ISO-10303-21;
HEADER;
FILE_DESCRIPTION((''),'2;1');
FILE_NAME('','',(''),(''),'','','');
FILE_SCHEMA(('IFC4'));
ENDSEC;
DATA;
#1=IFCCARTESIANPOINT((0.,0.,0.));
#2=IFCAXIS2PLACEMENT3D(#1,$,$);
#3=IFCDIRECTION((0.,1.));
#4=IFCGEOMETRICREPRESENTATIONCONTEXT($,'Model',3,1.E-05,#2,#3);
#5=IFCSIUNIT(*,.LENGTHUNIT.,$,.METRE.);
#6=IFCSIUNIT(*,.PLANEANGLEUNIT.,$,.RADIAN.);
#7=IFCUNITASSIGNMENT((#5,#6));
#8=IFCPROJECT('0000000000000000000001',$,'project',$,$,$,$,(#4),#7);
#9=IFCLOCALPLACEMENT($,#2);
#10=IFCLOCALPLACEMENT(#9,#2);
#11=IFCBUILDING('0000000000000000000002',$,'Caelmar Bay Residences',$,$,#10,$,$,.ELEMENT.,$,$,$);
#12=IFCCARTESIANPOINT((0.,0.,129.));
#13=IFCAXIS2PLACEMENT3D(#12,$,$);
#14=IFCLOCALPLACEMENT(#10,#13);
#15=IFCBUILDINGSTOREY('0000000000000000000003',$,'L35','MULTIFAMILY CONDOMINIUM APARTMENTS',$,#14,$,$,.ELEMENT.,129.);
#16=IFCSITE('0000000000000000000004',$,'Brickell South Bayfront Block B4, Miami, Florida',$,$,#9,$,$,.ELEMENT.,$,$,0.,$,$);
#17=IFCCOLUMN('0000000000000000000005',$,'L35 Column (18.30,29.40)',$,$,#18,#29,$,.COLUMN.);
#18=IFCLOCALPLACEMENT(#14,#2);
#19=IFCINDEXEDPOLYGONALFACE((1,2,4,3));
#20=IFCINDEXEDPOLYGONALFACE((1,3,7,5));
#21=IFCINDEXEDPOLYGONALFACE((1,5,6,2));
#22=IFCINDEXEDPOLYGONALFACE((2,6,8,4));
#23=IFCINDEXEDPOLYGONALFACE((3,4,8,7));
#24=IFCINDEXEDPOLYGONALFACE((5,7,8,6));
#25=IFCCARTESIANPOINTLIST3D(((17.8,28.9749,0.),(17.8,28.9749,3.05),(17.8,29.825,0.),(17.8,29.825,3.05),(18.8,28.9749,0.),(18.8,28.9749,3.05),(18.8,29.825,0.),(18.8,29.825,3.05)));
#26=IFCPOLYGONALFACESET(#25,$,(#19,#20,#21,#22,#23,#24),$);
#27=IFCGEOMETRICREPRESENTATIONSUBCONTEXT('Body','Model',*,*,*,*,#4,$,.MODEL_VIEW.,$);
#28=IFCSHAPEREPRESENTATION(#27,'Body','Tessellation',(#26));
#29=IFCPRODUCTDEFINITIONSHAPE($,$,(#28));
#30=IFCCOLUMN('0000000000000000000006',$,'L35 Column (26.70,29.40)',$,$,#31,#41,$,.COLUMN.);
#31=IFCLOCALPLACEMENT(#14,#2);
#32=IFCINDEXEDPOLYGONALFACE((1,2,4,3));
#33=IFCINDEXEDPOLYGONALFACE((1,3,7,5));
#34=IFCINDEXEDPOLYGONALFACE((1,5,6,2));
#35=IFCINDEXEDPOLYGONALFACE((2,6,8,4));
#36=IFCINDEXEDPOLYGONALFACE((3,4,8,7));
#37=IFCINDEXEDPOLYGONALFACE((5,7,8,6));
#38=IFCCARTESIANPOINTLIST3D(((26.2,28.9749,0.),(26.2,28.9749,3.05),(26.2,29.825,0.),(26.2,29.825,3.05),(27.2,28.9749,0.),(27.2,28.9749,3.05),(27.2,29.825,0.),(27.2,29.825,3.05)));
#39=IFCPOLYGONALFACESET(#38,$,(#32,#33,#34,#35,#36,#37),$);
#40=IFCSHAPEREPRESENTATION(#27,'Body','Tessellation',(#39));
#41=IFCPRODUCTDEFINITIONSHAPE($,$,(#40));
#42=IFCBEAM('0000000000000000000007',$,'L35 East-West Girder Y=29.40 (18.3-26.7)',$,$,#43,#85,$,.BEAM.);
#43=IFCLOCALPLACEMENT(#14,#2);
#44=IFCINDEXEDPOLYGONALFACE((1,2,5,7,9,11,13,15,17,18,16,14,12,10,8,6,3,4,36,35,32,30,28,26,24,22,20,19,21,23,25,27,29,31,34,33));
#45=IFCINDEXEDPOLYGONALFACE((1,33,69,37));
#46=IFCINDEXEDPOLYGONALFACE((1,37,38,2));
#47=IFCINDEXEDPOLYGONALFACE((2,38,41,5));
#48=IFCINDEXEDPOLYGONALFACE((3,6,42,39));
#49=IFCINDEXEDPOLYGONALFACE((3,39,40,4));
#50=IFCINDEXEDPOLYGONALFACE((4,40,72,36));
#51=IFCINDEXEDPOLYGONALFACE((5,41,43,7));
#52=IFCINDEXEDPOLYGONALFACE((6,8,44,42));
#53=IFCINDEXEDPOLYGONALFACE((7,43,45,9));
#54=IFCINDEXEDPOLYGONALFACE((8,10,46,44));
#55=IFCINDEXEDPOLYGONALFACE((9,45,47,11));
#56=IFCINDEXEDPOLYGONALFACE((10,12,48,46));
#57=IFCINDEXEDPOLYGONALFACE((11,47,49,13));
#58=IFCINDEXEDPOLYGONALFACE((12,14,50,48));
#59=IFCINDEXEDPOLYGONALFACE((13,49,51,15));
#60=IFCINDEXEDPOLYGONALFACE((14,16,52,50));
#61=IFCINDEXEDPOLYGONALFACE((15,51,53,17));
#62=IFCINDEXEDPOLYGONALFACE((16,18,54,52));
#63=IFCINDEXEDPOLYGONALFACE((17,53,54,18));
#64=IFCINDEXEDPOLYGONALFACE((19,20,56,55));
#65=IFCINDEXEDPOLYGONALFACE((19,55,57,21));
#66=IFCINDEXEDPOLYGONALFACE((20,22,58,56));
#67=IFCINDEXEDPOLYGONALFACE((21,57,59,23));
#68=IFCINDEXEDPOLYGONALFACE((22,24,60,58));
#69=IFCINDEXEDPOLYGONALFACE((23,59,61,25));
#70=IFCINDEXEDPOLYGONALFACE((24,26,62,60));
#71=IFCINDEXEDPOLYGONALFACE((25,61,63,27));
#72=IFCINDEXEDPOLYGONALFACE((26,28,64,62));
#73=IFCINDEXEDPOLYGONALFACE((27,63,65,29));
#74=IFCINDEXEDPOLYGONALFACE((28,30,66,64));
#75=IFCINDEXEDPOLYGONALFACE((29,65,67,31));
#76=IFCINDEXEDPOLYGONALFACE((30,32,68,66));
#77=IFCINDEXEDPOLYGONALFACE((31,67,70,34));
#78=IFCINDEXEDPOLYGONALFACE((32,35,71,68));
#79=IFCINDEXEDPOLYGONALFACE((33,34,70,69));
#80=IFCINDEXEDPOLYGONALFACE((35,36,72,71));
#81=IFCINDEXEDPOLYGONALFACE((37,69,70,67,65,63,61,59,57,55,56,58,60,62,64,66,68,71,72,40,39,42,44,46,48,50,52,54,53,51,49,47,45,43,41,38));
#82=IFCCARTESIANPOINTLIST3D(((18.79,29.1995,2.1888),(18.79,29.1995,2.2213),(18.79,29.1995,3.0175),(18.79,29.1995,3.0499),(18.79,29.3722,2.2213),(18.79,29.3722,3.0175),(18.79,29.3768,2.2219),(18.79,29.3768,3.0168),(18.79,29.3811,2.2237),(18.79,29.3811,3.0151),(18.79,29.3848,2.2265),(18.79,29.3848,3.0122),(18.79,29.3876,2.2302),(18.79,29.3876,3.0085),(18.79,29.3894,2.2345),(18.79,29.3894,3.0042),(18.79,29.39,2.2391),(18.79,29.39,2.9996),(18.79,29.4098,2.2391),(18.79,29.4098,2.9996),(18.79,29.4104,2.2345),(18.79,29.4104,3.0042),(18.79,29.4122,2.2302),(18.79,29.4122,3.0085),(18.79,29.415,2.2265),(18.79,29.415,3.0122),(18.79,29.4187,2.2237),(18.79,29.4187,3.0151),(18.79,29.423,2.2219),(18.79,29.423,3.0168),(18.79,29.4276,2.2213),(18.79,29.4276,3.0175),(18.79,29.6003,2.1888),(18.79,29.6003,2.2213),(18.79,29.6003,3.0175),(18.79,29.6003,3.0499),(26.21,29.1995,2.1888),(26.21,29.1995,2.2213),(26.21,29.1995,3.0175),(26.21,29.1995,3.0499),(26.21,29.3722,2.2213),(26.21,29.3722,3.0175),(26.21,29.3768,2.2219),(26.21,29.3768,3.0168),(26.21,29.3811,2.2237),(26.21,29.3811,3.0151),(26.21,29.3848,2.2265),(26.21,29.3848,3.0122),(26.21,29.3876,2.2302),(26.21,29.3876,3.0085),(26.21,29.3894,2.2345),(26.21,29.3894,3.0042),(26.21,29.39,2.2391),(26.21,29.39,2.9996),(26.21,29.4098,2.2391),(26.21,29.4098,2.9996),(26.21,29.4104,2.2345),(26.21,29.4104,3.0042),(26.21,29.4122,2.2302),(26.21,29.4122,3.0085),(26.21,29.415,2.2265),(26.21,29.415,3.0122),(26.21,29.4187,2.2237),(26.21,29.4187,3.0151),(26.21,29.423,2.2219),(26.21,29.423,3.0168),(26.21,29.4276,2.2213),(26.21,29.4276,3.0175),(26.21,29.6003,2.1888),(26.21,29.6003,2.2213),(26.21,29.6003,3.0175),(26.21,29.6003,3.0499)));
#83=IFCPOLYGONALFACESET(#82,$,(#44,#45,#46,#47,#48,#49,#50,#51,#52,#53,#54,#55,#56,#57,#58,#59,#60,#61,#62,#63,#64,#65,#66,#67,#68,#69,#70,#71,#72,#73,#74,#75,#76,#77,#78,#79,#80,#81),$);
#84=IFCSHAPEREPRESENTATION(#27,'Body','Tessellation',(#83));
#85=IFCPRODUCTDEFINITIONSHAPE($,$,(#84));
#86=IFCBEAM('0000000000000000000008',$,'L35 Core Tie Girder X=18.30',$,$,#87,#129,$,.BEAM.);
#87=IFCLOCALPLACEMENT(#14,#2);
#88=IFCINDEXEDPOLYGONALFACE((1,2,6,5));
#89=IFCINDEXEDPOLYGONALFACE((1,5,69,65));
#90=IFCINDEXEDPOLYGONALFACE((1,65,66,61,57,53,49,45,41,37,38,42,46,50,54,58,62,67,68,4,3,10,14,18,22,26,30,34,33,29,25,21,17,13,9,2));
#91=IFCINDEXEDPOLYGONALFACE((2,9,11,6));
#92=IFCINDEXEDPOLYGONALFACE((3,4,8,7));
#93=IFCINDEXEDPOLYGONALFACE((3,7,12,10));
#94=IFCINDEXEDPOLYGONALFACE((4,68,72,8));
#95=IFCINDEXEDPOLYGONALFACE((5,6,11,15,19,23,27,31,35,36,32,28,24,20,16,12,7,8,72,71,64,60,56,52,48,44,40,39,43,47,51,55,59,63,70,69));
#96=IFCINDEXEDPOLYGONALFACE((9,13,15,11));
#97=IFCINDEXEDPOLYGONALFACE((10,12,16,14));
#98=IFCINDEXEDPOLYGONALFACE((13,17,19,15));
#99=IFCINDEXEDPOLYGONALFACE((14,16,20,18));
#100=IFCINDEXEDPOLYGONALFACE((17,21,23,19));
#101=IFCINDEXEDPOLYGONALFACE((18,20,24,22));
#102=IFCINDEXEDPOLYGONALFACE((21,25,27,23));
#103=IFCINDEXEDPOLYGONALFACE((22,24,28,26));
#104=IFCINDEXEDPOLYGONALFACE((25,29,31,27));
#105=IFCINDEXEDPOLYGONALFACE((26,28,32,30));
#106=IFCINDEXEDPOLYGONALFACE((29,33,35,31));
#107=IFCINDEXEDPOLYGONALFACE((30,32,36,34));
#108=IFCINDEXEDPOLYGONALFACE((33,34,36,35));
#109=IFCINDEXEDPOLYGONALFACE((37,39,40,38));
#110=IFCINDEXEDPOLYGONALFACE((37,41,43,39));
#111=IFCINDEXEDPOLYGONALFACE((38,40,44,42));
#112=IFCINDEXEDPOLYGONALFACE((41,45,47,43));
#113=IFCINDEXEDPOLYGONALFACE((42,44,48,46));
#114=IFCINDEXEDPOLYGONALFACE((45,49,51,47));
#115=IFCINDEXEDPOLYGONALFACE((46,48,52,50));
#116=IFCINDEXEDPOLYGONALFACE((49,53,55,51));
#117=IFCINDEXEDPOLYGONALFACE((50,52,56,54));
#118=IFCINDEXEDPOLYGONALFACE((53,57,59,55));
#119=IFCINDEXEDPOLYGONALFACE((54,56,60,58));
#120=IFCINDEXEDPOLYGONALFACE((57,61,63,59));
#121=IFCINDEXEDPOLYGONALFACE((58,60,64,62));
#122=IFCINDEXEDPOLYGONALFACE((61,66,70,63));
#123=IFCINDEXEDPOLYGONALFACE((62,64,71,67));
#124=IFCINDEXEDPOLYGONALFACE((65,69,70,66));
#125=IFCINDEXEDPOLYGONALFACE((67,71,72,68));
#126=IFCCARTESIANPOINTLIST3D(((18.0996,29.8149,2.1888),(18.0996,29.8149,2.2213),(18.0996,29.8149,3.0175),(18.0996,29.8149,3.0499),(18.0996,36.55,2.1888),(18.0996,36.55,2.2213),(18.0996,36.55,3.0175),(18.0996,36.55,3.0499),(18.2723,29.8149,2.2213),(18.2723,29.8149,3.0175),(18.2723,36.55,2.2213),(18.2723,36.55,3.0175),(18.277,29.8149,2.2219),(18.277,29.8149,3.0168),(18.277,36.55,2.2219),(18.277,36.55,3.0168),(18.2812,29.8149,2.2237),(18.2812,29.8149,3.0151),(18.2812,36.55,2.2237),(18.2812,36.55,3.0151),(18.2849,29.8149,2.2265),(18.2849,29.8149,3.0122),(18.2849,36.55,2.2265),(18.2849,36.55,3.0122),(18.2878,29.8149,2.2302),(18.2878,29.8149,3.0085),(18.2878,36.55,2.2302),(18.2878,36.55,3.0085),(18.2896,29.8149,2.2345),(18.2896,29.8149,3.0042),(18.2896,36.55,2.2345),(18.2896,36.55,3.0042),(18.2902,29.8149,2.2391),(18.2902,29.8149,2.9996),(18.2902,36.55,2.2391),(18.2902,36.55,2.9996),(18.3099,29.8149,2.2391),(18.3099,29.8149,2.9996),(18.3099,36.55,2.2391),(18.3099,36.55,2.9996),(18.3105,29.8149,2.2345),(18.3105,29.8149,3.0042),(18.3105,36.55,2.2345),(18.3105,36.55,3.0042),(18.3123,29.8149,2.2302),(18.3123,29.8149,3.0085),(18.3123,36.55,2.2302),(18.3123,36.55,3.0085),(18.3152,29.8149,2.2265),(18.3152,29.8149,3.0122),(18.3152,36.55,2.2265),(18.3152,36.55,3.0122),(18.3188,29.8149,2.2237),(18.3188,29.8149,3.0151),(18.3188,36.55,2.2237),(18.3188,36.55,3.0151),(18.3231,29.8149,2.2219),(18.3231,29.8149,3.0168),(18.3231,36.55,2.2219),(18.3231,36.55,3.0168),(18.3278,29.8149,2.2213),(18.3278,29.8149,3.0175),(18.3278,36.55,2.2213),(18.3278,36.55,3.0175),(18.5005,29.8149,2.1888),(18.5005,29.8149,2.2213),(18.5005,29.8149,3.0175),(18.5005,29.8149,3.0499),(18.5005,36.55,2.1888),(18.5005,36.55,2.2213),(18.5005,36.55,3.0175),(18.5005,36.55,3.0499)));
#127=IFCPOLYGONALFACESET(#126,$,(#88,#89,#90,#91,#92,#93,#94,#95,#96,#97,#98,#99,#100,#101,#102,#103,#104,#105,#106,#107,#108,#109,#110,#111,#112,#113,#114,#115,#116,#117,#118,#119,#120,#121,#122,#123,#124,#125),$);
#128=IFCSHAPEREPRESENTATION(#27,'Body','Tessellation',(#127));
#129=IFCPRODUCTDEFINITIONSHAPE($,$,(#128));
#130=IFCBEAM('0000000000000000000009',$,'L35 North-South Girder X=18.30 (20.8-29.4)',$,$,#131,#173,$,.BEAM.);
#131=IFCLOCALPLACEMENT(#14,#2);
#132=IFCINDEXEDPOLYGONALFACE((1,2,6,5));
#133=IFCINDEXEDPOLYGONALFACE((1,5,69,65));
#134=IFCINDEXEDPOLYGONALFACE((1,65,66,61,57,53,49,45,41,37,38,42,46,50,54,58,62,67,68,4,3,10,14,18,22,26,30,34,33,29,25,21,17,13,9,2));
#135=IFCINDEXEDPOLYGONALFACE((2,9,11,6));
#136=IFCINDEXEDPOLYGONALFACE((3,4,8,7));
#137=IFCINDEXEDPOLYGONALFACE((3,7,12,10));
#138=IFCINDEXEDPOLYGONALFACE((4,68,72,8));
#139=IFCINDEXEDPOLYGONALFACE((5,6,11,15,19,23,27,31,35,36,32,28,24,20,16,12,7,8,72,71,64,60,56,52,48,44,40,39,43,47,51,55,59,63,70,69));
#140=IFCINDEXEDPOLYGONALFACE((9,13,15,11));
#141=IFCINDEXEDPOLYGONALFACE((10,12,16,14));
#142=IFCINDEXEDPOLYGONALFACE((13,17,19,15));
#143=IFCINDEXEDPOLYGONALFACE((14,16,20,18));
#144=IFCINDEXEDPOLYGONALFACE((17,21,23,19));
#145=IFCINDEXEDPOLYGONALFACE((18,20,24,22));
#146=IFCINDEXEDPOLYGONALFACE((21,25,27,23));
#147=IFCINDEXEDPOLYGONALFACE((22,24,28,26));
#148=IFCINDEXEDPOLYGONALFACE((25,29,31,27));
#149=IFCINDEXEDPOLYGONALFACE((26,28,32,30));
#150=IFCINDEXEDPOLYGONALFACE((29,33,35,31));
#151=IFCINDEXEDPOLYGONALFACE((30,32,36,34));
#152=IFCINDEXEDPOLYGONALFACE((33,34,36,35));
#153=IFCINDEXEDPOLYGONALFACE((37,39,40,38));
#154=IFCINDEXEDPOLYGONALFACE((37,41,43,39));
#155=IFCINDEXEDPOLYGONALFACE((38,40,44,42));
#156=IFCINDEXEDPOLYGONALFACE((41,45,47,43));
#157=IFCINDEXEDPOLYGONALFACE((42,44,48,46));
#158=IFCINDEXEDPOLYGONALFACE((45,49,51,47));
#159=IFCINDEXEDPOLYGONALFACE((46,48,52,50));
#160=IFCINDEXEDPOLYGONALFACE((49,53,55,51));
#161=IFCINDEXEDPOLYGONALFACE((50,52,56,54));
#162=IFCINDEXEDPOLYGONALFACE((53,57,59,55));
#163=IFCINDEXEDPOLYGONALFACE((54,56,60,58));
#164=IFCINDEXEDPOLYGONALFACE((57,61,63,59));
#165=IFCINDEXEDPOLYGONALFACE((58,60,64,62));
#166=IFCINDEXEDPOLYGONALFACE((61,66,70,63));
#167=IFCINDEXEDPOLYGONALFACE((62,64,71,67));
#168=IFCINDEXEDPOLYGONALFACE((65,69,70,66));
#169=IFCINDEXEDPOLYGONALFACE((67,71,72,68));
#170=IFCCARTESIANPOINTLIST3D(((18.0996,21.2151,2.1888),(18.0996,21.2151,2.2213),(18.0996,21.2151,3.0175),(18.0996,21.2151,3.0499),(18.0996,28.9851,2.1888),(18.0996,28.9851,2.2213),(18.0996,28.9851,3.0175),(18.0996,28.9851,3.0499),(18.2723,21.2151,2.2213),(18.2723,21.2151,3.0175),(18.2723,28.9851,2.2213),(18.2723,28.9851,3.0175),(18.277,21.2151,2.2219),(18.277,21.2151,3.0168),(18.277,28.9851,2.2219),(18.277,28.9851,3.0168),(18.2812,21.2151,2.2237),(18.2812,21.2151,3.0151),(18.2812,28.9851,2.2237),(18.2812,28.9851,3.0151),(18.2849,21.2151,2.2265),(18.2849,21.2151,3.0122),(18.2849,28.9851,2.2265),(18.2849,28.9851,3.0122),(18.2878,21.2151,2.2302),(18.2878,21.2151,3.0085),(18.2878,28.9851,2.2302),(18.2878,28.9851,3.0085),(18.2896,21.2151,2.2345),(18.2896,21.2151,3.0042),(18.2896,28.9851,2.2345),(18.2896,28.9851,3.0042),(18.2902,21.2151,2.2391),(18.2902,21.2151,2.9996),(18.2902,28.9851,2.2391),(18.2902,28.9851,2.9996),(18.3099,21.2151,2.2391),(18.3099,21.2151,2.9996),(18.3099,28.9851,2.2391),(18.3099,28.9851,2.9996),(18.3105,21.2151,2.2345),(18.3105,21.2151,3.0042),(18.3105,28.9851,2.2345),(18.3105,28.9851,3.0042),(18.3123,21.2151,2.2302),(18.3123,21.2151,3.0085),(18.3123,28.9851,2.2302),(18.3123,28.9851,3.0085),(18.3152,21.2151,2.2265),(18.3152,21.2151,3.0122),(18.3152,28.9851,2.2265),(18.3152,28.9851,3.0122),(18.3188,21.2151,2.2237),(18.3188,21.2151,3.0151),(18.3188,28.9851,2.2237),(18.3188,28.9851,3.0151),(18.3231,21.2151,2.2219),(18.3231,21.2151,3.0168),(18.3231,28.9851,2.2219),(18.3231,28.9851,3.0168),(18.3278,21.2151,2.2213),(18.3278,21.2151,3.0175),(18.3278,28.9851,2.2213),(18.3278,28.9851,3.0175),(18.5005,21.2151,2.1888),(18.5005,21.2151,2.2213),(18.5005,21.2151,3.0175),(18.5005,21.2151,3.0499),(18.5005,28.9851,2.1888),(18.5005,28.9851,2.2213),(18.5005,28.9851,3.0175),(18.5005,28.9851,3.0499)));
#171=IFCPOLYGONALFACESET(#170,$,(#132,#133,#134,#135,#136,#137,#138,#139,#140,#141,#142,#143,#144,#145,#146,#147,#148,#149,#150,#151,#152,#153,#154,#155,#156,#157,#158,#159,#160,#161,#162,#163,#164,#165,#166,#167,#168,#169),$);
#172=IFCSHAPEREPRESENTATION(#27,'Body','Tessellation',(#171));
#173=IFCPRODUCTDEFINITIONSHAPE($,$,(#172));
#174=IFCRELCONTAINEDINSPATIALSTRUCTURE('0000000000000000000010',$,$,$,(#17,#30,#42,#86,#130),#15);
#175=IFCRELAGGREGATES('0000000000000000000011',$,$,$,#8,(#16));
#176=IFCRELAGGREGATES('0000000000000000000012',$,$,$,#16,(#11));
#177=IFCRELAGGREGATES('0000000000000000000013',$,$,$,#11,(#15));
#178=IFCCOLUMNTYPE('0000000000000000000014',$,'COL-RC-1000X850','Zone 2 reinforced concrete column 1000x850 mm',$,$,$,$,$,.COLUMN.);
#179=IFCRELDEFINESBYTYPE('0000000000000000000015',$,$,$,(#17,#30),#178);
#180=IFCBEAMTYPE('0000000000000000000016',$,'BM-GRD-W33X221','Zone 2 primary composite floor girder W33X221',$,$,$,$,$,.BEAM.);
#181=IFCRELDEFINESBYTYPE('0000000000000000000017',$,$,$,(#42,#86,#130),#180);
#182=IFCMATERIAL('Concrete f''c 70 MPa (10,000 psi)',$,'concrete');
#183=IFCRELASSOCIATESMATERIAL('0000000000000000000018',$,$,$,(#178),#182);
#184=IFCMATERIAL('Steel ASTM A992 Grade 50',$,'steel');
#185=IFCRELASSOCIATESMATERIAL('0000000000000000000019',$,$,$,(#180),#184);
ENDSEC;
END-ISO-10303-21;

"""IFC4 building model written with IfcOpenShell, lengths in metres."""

from ifc_helpers import new_model, si_unit, direction, frame, origin, origin_2d, place, context, subcontext, project, spatial, rectangle, i_section, extrude, material, material_profile, profile_set, type_object, element, save


model = new_model("IFC4")

# Units and contexts
model_context = context("Model", 3, precision=1e-05, world=origin(), true_north=direction((0.0, 1.0)))
body_context = subcontext(model_context, "Body", "Model", "MODEL_VIEW")
ifc_project = project(units=[si_unit("LENGTHUNIT", "METRE"), si_unit("PLANEANGLEUNIT", "RADIAN")], contexts=[model_context])

# Site, building, storey
site_placement = place(None, origin())
site = spatial("IfcSite", under=ifc_project, at=site_placement, Name="Brickell South Bayfront Block B4, Miami, Florida", CompositionType="ELEMENT", RefElevation=0.0)
building_placement = place(site_placement, origin())
building = spatial("IfcBuilding", under=site, at=building_placement, Name="Caelmar Bay Residences", CompositionType="ELEMENT")
storey_placement = place(building_placement, frame((0.0, 0.0, 129.0)))
storey = spatial("IfcBuildingStorey", under=building, at=storey_placement, Name="L35", Description="MULTIFAMILY CONDOMINIUM APARTMENTS", CompositionType="ELEMENT", Elevation=129.0)

# Columns
ifc_material_1 = material(Name="Concrete f'c 70 MPa (10,000 psi)", Category="concrete")
ifc_material_profile_1 = material_profile(ifc_material_1, rectangle(XDim=1.0, YDim=0.8501, at=origin_2d()), Name="RC-COL-1000X850")
ifc_profile_set_1 = profile_set([ifc_material_profile_1], Name="Concrete f'c 70 MPa (10,000 psi)")
column_type = type_object("IfcColumnType", Name="COL-RC-1000X850", Description="Zone 2 reinforced concrete column 1000x850 mm", PredefinedType="COLUMN", material=ifc_profile_set_1)
for number, where, z_axis, x_axis, name in (
    (1, (18.3, 29.3999, 0.0), (0.0, 0.0, 1.0), (1.0, 0.0, 0.0), "L35 Column (18.30,29.40)"),
    (2, (26.7, 29.3999, 0.0), (0.0, 0.0, 1.0), (1.0, 0.0, 0.0), "L35 Column (26.70,29.40)"),
):
    element("IfcColumn", number, at=place(storey_placement, frame(where, z_axis=z_axis, x_axis=x_axis)), inside=storey, type_object=column_type, Name=name, PredefinedType="COLUMN", context=body_context, shape_type="SweptSolid", body=[
        extrude(rectangle(XDim=1.0, YDim=0.8501, at=origin_2d()), origin(), (0.0, 0.0, 1.0), 3.05),
    ])

# Beams
ifc_material_2 = material(Name="Steel ASTM A992 Grade 50", Category="steel")
ifc_material_profile_2 = material_profile(ifc_material_2, i_section(OverallWidth=0.4009, OverallDepth=0.8611, WebThickness=0.0198, FlangeThickness=0.0325, FilletRadius=0.0178, at=origin_2d()), Name="W33X221")
ifc_profile_set_2 = profile_set([ifc_material_profile_2], Name="Steel ASTM A992 Grade 50")
beam_type_1 = type_object("IfcBeamType", Name="BM-GRD-W33X221", Description="Zone 2 primary composite floor girder W33X221", PredefinedType="BEAM", material=ifc_profile_set_2)
beam_1_placement = place(storey_placement, frame((18.79, 29.3999, 2.6194), z_axis=(1.0, 0.0, 0.0), x_axis=(0.0, 1.0, 0.0)))
element("IfcBeam", 3, at=beam_1_placement, inside=storey, type_object=beam_type_1, Name="L35 East-West Girder Y=29.40 (18.3-26.7)", PredefinedType="BEAM", context=body_context, shape_type="SweptSolid", body=[
    extrude(i_section(OverallWidth=0.4009, OverallDepth=0.8611, WebThickness=0.0198, FlangeThickness=0.0325, FilletRadius=0.0178, at=origin_2d()), origin(), (0.0, 0.0, 1.0), 7.4199),
])
beam_2_placement = place(storey_placement, frame((18.3, 29.8149, 2.6194), z_axis=(0.0, 1.0, 0.0), x_axis=(-1.0, 0.0, 0.0)))
element("IfcBeam", 4, at=beam_2_placement, inside=storey, type_object=beam_type_1, Name="L35 Core Tie Girder X=18.30", PredefinedType="BEAM", context=body_context, shape_type="SweptSolid", body=[
    extrude(i_section(OverallWidth=0.4009, OverallDepth=0.8611, WebThickness=0.0198, FlangeThickness=0.0325, FilletRadius=0.0178, at=origin_2d()), origin(), (0.0, 0.0, 1.0), 6.7351),
])
beam_3_placement = place(storey_placement, frame((18.3, 21.2151, 2.6194), z_axis=(0.0, 1.0, 0.0), x_axis=(-1.0, 0.0, 0.0)))
element("IfcBeam", 5, at=beam_3_placement, inside=storey, type_object=beam_type_1, Name="L35 North-South Girder X=18.30 (20.8-29.4)", PredefinedType="BEAM", context=body_context, shape_type="SweptSolid", body=[
    extrude(i_section(OverallWidth=0.4009, OverallDepth=0.8611, WebThickness=0.0198, FlangeThickness=0.0325, FilletRadius=0.0178, at=origin_2d()), origin(), (0.0, 0.0, 1.0), 7.77),
])

save(model, "model.ifc")
